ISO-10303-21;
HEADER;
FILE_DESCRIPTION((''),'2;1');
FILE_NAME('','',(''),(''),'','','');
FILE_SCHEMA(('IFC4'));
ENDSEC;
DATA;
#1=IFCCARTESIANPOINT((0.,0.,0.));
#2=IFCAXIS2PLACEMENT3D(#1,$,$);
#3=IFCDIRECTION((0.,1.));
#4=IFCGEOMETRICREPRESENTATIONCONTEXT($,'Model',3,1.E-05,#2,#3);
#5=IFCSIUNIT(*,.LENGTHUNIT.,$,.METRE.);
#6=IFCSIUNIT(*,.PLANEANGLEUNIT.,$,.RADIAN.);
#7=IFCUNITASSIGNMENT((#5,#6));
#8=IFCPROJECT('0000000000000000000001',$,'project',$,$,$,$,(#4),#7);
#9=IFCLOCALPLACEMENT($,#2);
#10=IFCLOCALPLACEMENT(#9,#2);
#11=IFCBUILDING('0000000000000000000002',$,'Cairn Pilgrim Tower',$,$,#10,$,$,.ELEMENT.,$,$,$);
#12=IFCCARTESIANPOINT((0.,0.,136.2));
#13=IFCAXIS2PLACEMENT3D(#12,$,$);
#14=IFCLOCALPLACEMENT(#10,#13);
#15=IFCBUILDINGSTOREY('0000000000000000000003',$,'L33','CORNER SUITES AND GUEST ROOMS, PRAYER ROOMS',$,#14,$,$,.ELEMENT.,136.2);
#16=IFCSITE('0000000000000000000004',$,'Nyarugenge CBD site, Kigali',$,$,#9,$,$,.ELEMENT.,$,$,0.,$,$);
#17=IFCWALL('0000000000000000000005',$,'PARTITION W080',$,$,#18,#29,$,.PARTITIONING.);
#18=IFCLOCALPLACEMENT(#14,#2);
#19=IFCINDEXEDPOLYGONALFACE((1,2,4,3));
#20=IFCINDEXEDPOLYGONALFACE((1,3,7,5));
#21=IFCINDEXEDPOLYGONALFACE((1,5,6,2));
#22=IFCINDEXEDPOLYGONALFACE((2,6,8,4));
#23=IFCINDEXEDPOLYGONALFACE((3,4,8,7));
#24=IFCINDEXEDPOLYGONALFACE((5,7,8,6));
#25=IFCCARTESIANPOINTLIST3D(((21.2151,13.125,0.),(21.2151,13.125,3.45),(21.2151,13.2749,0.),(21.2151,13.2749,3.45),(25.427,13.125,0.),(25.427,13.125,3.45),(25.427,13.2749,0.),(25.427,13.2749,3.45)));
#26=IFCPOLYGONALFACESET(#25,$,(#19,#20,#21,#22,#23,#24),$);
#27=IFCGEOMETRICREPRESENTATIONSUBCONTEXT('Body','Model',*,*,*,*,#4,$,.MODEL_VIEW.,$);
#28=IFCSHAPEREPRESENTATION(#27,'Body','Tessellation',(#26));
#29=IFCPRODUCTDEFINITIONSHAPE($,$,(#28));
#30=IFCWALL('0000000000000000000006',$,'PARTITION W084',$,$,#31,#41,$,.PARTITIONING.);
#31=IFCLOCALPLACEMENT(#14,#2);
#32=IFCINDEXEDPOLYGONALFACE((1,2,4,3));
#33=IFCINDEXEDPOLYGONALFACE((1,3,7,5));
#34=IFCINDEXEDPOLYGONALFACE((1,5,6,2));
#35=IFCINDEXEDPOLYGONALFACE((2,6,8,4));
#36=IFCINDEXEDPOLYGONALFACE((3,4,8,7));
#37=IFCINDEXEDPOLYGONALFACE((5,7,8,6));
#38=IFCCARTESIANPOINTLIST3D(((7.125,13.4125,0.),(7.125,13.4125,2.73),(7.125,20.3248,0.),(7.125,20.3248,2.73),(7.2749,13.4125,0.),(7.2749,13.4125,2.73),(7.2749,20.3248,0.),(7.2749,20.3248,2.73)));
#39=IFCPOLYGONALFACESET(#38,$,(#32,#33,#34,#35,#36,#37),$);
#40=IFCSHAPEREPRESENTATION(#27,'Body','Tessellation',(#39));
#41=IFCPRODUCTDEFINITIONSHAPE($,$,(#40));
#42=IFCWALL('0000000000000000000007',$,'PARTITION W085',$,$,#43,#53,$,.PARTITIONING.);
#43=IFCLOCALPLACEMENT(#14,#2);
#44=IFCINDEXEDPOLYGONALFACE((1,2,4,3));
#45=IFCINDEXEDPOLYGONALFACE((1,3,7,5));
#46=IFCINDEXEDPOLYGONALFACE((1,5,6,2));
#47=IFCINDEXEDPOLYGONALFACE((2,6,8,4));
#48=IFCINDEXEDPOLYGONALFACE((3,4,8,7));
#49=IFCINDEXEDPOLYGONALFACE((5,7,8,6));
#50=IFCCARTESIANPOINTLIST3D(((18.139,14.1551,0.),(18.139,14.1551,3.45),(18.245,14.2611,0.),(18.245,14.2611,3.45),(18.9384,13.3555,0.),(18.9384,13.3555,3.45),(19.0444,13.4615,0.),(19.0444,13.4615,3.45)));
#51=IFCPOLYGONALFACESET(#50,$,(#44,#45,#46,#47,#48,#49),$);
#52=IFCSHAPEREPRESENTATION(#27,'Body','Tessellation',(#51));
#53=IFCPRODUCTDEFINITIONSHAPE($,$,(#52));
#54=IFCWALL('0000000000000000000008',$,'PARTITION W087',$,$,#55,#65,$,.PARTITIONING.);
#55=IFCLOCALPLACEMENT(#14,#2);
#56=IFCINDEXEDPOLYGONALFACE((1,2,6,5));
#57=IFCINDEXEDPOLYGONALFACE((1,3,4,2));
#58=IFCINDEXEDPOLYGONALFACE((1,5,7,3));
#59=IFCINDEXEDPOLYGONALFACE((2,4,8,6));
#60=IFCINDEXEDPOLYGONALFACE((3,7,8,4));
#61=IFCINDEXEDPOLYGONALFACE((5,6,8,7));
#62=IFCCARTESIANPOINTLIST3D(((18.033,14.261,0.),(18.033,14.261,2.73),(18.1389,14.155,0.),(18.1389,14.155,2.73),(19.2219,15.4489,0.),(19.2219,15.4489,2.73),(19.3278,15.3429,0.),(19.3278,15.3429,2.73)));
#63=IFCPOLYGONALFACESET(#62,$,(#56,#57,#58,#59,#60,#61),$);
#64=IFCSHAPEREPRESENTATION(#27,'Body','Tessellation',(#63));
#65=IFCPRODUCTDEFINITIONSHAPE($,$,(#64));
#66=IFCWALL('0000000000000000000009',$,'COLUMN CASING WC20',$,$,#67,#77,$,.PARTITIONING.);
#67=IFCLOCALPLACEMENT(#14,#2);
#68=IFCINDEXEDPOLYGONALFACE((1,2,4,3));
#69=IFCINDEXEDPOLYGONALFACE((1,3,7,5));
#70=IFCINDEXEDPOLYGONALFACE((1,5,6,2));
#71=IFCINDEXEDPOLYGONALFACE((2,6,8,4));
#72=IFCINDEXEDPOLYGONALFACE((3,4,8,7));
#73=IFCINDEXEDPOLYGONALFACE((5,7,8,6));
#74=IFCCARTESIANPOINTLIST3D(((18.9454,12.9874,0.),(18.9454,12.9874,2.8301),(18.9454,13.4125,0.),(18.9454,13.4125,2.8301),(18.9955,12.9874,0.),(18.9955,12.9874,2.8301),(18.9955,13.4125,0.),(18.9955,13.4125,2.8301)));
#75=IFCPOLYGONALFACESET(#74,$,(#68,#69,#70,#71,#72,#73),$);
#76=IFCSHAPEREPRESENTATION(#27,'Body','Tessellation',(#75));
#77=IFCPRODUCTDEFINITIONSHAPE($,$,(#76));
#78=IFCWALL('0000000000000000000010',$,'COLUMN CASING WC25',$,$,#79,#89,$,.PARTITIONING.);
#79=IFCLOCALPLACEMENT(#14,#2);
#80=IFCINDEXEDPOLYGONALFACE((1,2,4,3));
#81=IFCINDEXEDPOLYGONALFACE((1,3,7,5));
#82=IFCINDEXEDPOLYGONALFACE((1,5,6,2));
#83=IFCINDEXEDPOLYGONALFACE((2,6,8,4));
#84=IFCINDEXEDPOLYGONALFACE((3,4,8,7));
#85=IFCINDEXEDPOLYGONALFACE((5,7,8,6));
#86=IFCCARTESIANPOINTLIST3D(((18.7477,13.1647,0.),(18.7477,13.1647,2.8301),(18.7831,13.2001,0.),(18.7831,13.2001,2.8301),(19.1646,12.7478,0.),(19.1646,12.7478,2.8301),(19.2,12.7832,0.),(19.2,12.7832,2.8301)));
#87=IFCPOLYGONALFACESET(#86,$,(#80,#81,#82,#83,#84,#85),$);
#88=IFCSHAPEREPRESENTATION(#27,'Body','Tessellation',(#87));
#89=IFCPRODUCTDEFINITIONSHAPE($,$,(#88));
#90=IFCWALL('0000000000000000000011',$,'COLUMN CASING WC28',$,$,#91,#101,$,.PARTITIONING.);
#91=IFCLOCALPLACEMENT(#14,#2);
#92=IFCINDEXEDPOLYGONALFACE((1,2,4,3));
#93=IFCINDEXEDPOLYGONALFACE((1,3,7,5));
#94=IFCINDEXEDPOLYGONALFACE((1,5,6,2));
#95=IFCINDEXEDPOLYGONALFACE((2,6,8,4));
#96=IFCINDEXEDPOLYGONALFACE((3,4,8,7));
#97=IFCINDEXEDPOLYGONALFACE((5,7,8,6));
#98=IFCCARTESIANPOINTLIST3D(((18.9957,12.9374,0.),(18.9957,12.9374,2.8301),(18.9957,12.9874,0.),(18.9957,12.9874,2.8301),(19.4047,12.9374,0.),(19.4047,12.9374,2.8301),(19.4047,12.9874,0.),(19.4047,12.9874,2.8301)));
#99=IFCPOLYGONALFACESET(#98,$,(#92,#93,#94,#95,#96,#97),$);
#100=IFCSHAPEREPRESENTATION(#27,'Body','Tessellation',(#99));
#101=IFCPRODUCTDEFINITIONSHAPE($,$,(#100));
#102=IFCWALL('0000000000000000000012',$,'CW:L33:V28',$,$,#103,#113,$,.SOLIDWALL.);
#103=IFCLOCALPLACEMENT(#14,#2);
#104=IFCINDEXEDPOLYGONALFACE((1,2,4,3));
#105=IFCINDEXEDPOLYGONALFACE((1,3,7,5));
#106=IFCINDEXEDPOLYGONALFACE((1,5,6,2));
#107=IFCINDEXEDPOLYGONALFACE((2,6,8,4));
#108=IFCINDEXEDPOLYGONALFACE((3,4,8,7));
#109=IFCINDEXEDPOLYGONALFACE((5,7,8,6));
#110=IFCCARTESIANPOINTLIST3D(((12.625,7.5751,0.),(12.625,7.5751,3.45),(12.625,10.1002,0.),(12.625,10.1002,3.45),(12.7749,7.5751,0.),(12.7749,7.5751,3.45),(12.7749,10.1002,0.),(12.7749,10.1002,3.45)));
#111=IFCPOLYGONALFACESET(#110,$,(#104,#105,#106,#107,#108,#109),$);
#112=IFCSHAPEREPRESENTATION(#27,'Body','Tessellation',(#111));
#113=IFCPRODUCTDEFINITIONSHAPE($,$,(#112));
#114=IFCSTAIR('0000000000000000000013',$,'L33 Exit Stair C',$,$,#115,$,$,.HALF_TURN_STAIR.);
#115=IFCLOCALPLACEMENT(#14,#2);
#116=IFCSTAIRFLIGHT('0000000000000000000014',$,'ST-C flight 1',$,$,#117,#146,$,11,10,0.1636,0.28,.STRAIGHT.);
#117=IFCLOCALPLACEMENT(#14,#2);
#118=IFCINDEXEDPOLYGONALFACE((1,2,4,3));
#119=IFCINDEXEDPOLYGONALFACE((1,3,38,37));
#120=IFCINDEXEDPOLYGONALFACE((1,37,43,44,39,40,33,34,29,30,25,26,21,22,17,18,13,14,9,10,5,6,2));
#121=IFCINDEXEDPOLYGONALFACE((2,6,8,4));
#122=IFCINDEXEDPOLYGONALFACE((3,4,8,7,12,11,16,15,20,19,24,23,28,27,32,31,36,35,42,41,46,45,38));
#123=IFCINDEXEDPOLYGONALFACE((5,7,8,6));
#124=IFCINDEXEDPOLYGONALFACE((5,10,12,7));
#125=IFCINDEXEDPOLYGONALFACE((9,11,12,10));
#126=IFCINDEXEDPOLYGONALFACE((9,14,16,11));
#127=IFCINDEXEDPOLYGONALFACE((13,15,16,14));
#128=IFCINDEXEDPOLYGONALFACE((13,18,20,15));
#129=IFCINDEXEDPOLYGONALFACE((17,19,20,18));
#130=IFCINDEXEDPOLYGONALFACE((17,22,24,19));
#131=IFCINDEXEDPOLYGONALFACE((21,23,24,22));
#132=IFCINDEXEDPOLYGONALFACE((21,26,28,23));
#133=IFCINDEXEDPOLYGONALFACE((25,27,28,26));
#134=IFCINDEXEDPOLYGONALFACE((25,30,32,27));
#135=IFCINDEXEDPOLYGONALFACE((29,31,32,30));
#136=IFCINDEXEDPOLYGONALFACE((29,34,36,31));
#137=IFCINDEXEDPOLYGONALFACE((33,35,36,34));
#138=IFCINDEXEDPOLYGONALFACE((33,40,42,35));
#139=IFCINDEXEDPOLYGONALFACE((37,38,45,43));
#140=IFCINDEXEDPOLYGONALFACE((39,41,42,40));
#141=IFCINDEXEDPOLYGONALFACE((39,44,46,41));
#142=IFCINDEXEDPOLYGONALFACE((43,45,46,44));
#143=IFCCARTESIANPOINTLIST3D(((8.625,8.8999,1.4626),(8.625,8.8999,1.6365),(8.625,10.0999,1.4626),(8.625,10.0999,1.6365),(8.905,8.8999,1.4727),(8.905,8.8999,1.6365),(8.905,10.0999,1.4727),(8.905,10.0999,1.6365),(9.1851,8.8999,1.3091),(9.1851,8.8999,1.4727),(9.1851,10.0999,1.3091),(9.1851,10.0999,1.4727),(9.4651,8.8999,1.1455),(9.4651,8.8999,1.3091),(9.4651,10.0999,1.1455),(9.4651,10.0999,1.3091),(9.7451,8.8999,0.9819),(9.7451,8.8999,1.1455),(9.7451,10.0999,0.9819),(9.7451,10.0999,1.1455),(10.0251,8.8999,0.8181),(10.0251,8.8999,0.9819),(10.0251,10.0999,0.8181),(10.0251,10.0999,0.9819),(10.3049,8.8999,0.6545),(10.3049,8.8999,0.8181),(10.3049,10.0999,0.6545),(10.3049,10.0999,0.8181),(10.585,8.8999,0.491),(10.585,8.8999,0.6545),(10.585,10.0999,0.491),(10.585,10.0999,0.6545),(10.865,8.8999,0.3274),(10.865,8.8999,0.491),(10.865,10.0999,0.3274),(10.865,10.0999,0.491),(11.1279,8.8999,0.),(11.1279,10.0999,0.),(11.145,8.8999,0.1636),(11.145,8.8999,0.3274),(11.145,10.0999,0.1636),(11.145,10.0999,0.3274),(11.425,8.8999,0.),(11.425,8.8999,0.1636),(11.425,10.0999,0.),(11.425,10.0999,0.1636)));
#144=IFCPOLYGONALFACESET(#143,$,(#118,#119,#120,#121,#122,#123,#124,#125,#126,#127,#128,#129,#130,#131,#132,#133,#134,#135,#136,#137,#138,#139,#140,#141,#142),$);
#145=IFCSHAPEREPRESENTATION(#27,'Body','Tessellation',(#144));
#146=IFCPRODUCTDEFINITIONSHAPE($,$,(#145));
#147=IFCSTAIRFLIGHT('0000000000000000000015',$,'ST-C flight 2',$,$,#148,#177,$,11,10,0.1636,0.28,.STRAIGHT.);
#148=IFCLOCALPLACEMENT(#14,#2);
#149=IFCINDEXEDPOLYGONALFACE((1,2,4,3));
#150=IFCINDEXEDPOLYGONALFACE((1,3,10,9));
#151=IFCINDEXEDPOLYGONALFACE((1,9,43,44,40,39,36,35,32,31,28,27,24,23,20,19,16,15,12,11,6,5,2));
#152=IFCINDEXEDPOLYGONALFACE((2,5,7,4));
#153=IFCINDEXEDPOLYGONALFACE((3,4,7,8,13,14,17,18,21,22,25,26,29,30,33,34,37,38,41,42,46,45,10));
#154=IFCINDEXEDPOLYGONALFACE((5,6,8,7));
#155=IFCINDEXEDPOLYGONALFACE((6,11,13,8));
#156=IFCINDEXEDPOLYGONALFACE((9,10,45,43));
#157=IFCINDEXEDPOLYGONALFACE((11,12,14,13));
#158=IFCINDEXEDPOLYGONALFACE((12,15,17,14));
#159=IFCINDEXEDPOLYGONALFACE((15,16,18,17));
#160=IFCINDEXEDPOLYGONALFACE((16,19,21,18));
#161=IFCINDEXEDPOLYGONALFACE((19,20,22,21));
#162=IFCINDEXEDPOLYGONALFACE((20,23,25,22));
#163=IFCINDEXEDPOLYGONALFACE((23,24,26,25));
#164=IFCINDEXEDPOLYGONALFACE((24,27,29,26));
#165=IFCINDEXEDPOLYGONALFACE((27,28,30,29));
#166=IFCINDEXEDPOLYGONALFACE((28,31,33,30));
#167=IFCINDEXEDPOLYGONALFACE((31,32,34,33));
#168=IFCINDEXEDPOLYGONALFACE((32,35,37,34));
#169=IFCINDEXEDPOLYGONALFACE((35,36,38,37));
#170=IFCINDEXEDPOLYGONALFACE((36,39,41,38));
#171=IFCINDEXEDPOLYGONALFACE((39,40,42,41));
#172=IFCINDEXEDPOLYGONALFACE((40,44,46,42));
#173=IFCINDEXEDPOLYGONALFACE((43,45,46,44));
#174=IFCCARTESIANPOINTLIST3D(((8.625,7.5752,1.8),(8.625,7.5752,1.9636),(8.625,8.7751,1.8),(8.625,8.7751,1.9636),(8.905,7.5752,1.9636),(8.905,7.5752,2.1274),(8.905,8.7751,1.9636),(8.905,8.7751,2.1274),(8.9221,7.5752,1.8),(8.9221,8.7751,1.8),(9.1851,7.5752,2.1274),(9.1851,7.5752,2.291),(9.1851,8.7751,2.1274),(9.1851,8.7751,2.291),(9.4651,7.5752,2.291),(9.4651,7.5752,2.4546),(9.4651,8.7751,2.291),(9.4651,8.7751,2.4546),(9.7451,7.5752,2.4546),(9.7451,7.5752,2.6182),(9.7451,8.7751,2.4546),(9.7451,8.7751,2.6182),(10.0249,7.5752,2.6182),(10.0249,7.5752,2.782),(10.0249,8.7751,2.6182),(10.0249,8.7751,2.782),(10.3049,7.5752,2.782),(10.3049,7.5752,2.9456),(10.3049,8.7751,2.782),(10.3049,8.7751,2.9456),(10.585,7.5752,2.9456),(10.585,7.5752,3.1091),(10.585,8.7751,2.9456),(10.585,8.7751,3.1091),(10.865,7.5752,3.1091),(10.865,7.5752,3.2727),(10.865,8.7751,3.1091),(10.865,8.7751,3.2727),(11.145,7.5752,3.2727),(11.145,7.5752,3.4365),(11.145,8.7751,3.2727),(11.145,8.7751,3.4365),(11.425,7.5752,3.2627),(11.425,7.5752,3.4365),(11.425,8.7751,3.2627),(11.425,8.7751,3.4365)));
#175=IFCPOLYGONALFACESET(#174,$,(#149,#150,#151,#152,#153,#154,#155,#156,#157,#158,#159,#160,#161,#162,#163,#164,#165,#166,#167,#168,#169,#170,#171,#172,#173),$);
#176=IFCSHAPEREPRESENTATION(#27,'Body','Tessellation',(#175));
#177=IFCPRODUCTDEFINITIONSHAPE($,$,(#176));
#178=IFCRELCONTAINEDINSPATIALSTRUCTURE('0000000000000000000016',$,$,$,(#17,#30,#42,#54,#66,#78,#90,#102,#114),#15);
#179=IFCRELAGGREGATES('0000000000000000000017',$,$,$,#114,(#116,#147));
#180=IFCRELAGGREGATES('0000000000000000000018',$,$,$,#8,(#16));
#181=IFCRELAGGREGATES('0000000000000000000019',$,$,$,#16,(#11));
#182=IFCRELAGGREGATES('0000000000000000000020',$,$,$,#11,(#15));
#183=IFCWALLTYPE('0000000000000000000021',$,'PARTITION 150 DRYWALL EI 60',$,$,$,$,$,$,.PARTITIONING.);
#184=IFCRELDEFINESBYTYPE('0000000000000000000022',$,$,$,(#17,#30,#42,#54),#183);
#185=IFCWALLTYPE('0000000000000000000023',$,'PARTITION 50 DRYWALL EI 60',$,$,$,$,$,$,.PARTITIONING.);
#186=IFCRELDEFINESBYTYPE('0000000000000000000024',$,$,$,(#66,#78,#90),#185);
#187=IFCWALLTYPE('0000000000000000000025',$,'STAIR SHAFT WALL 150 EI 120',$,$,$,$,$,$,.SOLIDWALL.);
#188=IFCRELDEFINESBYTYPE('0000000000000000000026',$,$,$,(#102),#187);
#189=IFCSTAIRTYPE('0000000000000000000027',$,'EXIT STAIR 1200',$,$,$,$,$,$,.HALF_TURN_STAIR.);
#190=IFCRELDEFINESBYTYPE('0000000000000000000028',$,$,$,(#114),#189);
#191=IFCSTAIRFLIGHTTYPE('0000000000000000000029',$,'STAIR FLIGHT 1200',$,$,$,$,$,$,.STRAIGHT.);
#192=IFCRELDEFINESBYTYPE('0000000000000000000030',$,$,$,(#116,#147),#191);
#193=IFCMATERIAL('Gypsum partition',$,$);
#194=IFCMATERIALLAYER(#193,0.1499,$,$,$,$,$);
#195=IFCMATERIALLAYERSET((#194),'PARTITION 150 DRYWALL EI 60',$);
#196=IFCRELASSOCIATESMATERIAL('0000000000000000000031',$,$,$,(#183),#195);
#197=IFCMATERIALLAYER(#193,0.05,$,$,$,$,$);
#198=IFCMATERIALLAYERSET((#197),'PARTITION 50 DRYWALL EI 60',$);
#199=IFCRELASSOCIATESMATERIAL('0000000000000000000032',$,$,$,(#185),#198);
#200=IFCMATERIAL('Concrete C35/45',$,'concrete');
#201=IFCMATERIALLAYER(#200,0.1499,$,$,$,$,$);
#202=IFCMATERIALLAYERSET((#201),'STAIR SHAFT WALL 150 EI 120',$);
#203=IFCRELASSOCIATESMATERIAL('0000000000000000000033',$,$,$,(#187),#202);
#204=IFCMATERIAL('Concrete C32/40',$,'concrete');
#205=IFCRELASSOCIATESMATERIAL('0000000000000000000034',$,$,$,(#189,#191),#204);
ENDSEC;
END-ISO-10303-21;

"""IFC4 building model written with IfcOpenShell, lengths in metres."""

from ifc_helpers import new_model, si_unit, direction, frame, frame_2d, origin, place, context, subcontext, project, spatial, polyline, rectangle, outline, extrude, material, layer, layer_set, type_object, element, aggregate, save


model = new_model("IFC4")

# Units and contexts
model_context = context("Model", 3, precision=1e-05, world=origin(), true_north=direction((0.0, 1.0)))
body_context = subcontext(model_context, "Body", "Model", "MODEL_VIEW")
ifc_project = project(units=[si_unit("LENGTHUNIT", "METRE"), si_unit("PLANEANGLEUNIT", "RADIAN")], contexts=[model_context])

# Site, building, storey
site_placement = place(None, origin())
site = spatial("IfcSite", under=ifc_project, at=site_placement, Name="Nyarugenge CBD site, Kigali", CompositionType="ELEMENT", RefElevation=0.0)
building_placement = place(site_placement, origin())
building = spatial("IfcBuilding", under=site, at=building_placement, Name="Cairn Pilgrim Tower", CompositionType="ELEMENT")
storey_placement = place(building_placement, frame((0.0, 0.0, 136.2)))
storey = spatial("IfcBuildingStorey", under=building, at=storey_placement, Name="L33", Description="CORNER SUITES AND GUEST ROOMS, PRAYER ROOMS", CompositionType="ELEMENT", Elevation=136.2)

# Shared definitions
ifc_material_1 = material(Name="Concrete C32/40", Category="concrete")

# Shared definitions
ifc_material_2 = material(Name="Gypsum partition")
ifc_layer_1 = layer(ifc_material_2, 0.1499)
ifc_layer_set_1 = layer_set([ifc_layer_1], Name="PARTITION 150 DRYWALL EI 60")
wall_type_1 = type_object("IfcWallType", Name="PARTITION 150 DRYWALL EI 60", PredefinedType="PARTITIONING", material=ifc_layer_set_1)

# Walls
wall_1_placement = place(storey_placement, frame((21.2151, 13.2, 0.0), z_axis=(0.0, 0.0, 1.0), x_axis=(1.0, 0.0, 0.0)))
element("IfcWall", 1, at=wall_1_placement, inside=storey, type_object=wall_type_1, Name="PARTITION W080", PredefinedType="PARTITIONING", context=body_context, shape_type="SweptSolid", body=[
    extrude(rectangle(XDim=4.2119, YDim=0.1499, at=frame_2d((2.106, 0.0))), origin(), (0.0, 0.0, 1.0), 3.45),
])
wall_2_placement = place(storey_placement, frame((7.2, 13.4126, 0.0), z_axis=(0.0, 0.0, 1.0), x_axis=(0.0, 1.0, 0.0)))
element("IfcWall", 2, at=wall_2_placement, inside=storey, type_object=wall_type_1, Name="PARTITION W084", PredefinedType="PARTITIONING", context=body_context, shape_type="SweptSolid", body=[
    extrude(rectangle(XDim=6.9124, YDim=0.1499, at=frame_2d((3.4561, 0.0))), origin(), (0.0, 0.0, 1.0), 2.73),
])
wall_3_placement = place(storey_placement, frame((18.9915, 13.4084, 0.0), z_axis=(0.0, 0.0, 1.0), x_axis=(-0.706999, 0.707215, 0.0)))
element("IfcWall", 3, at=wall_3_placement, inside=storey, type_object=wall_type_1, Name="PARTITION W085", PredefinedType="PARTITIONING", context=body_context, shape_type="SweptSolid", body=[
    extrude(rectangle(XDim=1.1306, YDim=0.1499, at=frame_2d((0.5654, 0.0))), origin(), (0.0, 0.0, 1.0), 3.45),
])
wall_4_placement = place(storey_placement, frame((18.0859, 14.208, 0.0), z_axis=(0.0, 0.0, 1.0), x_axis=(0.707397, 0.706816, 0.0)))
element("IfcWall", 4, at=wall_4_placement, inside=storey, type_object=wall_type_1, Name="PARTITION W087", PredefinedType="PARTITIONING", context=body_context, shape_type="SweptSolid", body=[
    extrude(rectangle(XDim=1.6807, YDim=0.1499, at=frame_2d((0.8403, 0.0))), origin(), (0.0, 0.0, 1.0), 2.73),
])
ifc_layer_2 = layer(ifc_material_2, 0.05)
ifc_layer_set_2 = layer_set([ifc_layer_2], Name="PARTITION 50 DRYWALL EI 60")
wall_type_2 = type_object("IfcWallType", Name="PARTITION 50 DRYWALL EI 60", PredefinedType="PARTITIONING", material=ifc_layer_set_2)
wall_5_placement = place(storey_placement, frame((18.9705, 12.9875, 0.0), z_axis=(0.0, 0.0, 1.0), x_axis=(0.0, 1.0, 0.0)))
element("IfcWall", 5, at=wall_5_placement, inside=storey, type_object=wall_type_2, Name="COLUMN CASING WC20", PredefinedType="PARTITIONING", context=body_context, shape_type="SweptSolid", body=[
    extrude(rectangle(XDim=0.425, YDim=0.05, at=frame_2d((0.2124, 0.0))), origin(), (0.0, 0.0, 1.0), 2.8301),
])
wall_6_placement = place(storey_placement, frame((19.1824, 12.7654, 0.0), z_axis=(0.0, 0.0, 1.0), x_axis=(-0.707107, 0.707107, 0.0)))
element("IfcWall", 6, at=wall_6_placement, inside=storey, type_object=wall_type_2, Name="COLUMN CASING WC25", PredefinedType="PARTITIONING", context=body_context, shape_type="SweptSolid", body=[
    extrude(rectangle(XDim=0.5896, YDim=0.05, at=frame_2d((0.2949, 0.0))), origin(), (0.0, 0.0, 1.0), 2.8301),
])
wall_7_placement = place(storey_placement, frame((18.9956, 12.9624, 0.0), z_axis=(0.0, 0.0, 1.0), x_axis=(1.0, 0.0, 0.0)))
element("IfcWall", 7, at=wall_7_placement, inside=storey, type_object=wall_type_2, Name="COLUMN CASING WC28", PredefinedType="PARTITIONING", context=body_context, shape_type="SweptSolid", body=[
    extrude(rectangle(XDim=0.4089, YDim=0.05, at=frame_2d((0.2046, 0.0))), origin(), (0.0, 0.0, 1.0), 2.8301),
])
ifc_material_3 = material(Name="Concrete C35/45", Category="concrete")
ifc_layer_3 = layer(ifc_material_3, 0.1499)
ifc_layer_set_3 = layer_set([ifc_layer_3], Name="STAIR SHAFT WALL 150 EI 120")
wall_type_3 = type_object("IfcWallType", Name="STAIR SHAFT WALL 150 EI 120", PredefinedType="SOLIDWALL", material=ifc_layer_set_3)
wall_8_placement = place(storey_placement, frame((12.7, 7.575, 0.0), z_axis=(0.0, 0.0, 1.0), x_axis=(0.0, 1.0, 0.0)))
element("IfcWall", 8, at=wall_8_placement, inside=storey, type_object=wall_type_3, Name="CW:L33:V28", PredefinedType="SOLIDWALL", context=body_context, shape_type="SweptSolid", body=[
    extrude(rectangle(XDim=2.5251, YDim=0.1499, at=frame_2d((1.2627, 0.0))), origin(), (0.0, 0.0, 1.0), 3.45),
])

# Stair, stair flights
stair_type = type_object("IfcStairType", Name="EXIT STAIR 1200", PredefinedType="HALF_TURN_STAIR", material=ifc_material_1)
stair_placement = place(storey_placement, origin())
stair = element("IfcStair", 9, at=stair_placement, inside=storey, type_object=stair_type, Name="L33 Exit Stair C", PredefinedType="HALF_TURN_STAIR")
stair_flight_type = type_object("IfcStairFlightType", Name="STAIR FLIGHT 1200", PredefinedType="STRAIGHT", material=ifc_material_1)
stair_flight_1_placement = place(storey_placement, frame((11.425, 9.5, 0.0), z_axis=(0.0, 0.0, 1.0), x_axis=(-1.0, 0.0, 0.0)))
stair_flight_1 = element("IfcStairFlight", 10, at=stair_flight_1_placement, type_object=stair_flight_type, Name="ST-C flight 1", NumberOfRisers=11, NumberOfTreads=10, PredefinedType="STRAIGHT", RiserHeight=0.1636, TreadLength=0.28, context=body_context, shape_type="SweptSolid", body=[
    extrude(outline(polyline([(0.0, 0.0), (0.0, 0.1636), (0.28, 0.1636), (0.28, 0.3274), (0.5601, 0.3274), (0.5601, 0.491), (0.8401, 0.491), (0.8401, 0.6545), (1.1201, 0.6545), (1.1201, 0.8181), (1.3999, 0.8181), (1.3999, 0.9819), (1.6799, 0.9819), (1.6799, 1.1455), (1.96, 1.1455), (1.96, 1.3091), (2.24, 1.3091), (2.24, 1.4727), (2.52, 1.4727), (2.52, 1.6365), (2.8, 1.6365), (2.8, 1.8), (2.8, 1.4626), (0.2971, 0.0), (0.0, 0.0)])), frame((0.0, 0.6001, 0.0), z_axis=(0.0, -1.0, 0.0), x_axis=(1.0, 0.0, 0.0)), (0.0, 0.0, 1.0), 1.2),
])
stair_flight_2_placement = place(storey_placement, frame((8.625, 8.175, 1.8), z_axis=(0.0, 0.0, 1.0), x_axis=(1.0, 0.0, 0.0)))
stair_flight_2 = element("IfcStairFlight", 11, at=stair_flight_2_placement, type_object=stair_flight_type, Name="ST-C flight 2", NumberOfRisers=11, NumberOfTreads=10, PredefinedType="STRAIGHT", RiserHeight=0.1636, TreadLength=0.28, context=body_context, shape_type="SweptSolid", body=[
    extrude(outline(polyline([(0.0, 0.0), (0.0, 0.1636), (0.28, 0.1636), (0.28, 0.3274), (0.5601, 0.3274), (0.5601, 0.491), (0.8401, 0.491), (0.8401, 0.6545), (1.1201, 0.6545), (1.1201, 0.8181), (1.3999, 0.8181), (1.3999, 0.9819), (1.6799, 0.9819), (1.6799, 1.1455), (1.96, 1.1455), (1.96, 1.3091), (2.24, 1.3091), (2.24, 1.4727), (2.52, 1.4727), (2.52, 1.6365), (2.8, 1.6365), (2.8, 1.8), (2.8, 1.4626), (0.2971, 0.0), (0.0, 0.0)])), frame((0.0, 0.6001, 0.0), z_axis=(0.0, -1.0, 0.0), x_axis=(1.0, 0.0, 0.0)), (0.0, 0.0, 1.0), 1.2),
])
aggregate(stair, [stair_flight_1, stair_flight_2])

save(model, "model.ifc")
